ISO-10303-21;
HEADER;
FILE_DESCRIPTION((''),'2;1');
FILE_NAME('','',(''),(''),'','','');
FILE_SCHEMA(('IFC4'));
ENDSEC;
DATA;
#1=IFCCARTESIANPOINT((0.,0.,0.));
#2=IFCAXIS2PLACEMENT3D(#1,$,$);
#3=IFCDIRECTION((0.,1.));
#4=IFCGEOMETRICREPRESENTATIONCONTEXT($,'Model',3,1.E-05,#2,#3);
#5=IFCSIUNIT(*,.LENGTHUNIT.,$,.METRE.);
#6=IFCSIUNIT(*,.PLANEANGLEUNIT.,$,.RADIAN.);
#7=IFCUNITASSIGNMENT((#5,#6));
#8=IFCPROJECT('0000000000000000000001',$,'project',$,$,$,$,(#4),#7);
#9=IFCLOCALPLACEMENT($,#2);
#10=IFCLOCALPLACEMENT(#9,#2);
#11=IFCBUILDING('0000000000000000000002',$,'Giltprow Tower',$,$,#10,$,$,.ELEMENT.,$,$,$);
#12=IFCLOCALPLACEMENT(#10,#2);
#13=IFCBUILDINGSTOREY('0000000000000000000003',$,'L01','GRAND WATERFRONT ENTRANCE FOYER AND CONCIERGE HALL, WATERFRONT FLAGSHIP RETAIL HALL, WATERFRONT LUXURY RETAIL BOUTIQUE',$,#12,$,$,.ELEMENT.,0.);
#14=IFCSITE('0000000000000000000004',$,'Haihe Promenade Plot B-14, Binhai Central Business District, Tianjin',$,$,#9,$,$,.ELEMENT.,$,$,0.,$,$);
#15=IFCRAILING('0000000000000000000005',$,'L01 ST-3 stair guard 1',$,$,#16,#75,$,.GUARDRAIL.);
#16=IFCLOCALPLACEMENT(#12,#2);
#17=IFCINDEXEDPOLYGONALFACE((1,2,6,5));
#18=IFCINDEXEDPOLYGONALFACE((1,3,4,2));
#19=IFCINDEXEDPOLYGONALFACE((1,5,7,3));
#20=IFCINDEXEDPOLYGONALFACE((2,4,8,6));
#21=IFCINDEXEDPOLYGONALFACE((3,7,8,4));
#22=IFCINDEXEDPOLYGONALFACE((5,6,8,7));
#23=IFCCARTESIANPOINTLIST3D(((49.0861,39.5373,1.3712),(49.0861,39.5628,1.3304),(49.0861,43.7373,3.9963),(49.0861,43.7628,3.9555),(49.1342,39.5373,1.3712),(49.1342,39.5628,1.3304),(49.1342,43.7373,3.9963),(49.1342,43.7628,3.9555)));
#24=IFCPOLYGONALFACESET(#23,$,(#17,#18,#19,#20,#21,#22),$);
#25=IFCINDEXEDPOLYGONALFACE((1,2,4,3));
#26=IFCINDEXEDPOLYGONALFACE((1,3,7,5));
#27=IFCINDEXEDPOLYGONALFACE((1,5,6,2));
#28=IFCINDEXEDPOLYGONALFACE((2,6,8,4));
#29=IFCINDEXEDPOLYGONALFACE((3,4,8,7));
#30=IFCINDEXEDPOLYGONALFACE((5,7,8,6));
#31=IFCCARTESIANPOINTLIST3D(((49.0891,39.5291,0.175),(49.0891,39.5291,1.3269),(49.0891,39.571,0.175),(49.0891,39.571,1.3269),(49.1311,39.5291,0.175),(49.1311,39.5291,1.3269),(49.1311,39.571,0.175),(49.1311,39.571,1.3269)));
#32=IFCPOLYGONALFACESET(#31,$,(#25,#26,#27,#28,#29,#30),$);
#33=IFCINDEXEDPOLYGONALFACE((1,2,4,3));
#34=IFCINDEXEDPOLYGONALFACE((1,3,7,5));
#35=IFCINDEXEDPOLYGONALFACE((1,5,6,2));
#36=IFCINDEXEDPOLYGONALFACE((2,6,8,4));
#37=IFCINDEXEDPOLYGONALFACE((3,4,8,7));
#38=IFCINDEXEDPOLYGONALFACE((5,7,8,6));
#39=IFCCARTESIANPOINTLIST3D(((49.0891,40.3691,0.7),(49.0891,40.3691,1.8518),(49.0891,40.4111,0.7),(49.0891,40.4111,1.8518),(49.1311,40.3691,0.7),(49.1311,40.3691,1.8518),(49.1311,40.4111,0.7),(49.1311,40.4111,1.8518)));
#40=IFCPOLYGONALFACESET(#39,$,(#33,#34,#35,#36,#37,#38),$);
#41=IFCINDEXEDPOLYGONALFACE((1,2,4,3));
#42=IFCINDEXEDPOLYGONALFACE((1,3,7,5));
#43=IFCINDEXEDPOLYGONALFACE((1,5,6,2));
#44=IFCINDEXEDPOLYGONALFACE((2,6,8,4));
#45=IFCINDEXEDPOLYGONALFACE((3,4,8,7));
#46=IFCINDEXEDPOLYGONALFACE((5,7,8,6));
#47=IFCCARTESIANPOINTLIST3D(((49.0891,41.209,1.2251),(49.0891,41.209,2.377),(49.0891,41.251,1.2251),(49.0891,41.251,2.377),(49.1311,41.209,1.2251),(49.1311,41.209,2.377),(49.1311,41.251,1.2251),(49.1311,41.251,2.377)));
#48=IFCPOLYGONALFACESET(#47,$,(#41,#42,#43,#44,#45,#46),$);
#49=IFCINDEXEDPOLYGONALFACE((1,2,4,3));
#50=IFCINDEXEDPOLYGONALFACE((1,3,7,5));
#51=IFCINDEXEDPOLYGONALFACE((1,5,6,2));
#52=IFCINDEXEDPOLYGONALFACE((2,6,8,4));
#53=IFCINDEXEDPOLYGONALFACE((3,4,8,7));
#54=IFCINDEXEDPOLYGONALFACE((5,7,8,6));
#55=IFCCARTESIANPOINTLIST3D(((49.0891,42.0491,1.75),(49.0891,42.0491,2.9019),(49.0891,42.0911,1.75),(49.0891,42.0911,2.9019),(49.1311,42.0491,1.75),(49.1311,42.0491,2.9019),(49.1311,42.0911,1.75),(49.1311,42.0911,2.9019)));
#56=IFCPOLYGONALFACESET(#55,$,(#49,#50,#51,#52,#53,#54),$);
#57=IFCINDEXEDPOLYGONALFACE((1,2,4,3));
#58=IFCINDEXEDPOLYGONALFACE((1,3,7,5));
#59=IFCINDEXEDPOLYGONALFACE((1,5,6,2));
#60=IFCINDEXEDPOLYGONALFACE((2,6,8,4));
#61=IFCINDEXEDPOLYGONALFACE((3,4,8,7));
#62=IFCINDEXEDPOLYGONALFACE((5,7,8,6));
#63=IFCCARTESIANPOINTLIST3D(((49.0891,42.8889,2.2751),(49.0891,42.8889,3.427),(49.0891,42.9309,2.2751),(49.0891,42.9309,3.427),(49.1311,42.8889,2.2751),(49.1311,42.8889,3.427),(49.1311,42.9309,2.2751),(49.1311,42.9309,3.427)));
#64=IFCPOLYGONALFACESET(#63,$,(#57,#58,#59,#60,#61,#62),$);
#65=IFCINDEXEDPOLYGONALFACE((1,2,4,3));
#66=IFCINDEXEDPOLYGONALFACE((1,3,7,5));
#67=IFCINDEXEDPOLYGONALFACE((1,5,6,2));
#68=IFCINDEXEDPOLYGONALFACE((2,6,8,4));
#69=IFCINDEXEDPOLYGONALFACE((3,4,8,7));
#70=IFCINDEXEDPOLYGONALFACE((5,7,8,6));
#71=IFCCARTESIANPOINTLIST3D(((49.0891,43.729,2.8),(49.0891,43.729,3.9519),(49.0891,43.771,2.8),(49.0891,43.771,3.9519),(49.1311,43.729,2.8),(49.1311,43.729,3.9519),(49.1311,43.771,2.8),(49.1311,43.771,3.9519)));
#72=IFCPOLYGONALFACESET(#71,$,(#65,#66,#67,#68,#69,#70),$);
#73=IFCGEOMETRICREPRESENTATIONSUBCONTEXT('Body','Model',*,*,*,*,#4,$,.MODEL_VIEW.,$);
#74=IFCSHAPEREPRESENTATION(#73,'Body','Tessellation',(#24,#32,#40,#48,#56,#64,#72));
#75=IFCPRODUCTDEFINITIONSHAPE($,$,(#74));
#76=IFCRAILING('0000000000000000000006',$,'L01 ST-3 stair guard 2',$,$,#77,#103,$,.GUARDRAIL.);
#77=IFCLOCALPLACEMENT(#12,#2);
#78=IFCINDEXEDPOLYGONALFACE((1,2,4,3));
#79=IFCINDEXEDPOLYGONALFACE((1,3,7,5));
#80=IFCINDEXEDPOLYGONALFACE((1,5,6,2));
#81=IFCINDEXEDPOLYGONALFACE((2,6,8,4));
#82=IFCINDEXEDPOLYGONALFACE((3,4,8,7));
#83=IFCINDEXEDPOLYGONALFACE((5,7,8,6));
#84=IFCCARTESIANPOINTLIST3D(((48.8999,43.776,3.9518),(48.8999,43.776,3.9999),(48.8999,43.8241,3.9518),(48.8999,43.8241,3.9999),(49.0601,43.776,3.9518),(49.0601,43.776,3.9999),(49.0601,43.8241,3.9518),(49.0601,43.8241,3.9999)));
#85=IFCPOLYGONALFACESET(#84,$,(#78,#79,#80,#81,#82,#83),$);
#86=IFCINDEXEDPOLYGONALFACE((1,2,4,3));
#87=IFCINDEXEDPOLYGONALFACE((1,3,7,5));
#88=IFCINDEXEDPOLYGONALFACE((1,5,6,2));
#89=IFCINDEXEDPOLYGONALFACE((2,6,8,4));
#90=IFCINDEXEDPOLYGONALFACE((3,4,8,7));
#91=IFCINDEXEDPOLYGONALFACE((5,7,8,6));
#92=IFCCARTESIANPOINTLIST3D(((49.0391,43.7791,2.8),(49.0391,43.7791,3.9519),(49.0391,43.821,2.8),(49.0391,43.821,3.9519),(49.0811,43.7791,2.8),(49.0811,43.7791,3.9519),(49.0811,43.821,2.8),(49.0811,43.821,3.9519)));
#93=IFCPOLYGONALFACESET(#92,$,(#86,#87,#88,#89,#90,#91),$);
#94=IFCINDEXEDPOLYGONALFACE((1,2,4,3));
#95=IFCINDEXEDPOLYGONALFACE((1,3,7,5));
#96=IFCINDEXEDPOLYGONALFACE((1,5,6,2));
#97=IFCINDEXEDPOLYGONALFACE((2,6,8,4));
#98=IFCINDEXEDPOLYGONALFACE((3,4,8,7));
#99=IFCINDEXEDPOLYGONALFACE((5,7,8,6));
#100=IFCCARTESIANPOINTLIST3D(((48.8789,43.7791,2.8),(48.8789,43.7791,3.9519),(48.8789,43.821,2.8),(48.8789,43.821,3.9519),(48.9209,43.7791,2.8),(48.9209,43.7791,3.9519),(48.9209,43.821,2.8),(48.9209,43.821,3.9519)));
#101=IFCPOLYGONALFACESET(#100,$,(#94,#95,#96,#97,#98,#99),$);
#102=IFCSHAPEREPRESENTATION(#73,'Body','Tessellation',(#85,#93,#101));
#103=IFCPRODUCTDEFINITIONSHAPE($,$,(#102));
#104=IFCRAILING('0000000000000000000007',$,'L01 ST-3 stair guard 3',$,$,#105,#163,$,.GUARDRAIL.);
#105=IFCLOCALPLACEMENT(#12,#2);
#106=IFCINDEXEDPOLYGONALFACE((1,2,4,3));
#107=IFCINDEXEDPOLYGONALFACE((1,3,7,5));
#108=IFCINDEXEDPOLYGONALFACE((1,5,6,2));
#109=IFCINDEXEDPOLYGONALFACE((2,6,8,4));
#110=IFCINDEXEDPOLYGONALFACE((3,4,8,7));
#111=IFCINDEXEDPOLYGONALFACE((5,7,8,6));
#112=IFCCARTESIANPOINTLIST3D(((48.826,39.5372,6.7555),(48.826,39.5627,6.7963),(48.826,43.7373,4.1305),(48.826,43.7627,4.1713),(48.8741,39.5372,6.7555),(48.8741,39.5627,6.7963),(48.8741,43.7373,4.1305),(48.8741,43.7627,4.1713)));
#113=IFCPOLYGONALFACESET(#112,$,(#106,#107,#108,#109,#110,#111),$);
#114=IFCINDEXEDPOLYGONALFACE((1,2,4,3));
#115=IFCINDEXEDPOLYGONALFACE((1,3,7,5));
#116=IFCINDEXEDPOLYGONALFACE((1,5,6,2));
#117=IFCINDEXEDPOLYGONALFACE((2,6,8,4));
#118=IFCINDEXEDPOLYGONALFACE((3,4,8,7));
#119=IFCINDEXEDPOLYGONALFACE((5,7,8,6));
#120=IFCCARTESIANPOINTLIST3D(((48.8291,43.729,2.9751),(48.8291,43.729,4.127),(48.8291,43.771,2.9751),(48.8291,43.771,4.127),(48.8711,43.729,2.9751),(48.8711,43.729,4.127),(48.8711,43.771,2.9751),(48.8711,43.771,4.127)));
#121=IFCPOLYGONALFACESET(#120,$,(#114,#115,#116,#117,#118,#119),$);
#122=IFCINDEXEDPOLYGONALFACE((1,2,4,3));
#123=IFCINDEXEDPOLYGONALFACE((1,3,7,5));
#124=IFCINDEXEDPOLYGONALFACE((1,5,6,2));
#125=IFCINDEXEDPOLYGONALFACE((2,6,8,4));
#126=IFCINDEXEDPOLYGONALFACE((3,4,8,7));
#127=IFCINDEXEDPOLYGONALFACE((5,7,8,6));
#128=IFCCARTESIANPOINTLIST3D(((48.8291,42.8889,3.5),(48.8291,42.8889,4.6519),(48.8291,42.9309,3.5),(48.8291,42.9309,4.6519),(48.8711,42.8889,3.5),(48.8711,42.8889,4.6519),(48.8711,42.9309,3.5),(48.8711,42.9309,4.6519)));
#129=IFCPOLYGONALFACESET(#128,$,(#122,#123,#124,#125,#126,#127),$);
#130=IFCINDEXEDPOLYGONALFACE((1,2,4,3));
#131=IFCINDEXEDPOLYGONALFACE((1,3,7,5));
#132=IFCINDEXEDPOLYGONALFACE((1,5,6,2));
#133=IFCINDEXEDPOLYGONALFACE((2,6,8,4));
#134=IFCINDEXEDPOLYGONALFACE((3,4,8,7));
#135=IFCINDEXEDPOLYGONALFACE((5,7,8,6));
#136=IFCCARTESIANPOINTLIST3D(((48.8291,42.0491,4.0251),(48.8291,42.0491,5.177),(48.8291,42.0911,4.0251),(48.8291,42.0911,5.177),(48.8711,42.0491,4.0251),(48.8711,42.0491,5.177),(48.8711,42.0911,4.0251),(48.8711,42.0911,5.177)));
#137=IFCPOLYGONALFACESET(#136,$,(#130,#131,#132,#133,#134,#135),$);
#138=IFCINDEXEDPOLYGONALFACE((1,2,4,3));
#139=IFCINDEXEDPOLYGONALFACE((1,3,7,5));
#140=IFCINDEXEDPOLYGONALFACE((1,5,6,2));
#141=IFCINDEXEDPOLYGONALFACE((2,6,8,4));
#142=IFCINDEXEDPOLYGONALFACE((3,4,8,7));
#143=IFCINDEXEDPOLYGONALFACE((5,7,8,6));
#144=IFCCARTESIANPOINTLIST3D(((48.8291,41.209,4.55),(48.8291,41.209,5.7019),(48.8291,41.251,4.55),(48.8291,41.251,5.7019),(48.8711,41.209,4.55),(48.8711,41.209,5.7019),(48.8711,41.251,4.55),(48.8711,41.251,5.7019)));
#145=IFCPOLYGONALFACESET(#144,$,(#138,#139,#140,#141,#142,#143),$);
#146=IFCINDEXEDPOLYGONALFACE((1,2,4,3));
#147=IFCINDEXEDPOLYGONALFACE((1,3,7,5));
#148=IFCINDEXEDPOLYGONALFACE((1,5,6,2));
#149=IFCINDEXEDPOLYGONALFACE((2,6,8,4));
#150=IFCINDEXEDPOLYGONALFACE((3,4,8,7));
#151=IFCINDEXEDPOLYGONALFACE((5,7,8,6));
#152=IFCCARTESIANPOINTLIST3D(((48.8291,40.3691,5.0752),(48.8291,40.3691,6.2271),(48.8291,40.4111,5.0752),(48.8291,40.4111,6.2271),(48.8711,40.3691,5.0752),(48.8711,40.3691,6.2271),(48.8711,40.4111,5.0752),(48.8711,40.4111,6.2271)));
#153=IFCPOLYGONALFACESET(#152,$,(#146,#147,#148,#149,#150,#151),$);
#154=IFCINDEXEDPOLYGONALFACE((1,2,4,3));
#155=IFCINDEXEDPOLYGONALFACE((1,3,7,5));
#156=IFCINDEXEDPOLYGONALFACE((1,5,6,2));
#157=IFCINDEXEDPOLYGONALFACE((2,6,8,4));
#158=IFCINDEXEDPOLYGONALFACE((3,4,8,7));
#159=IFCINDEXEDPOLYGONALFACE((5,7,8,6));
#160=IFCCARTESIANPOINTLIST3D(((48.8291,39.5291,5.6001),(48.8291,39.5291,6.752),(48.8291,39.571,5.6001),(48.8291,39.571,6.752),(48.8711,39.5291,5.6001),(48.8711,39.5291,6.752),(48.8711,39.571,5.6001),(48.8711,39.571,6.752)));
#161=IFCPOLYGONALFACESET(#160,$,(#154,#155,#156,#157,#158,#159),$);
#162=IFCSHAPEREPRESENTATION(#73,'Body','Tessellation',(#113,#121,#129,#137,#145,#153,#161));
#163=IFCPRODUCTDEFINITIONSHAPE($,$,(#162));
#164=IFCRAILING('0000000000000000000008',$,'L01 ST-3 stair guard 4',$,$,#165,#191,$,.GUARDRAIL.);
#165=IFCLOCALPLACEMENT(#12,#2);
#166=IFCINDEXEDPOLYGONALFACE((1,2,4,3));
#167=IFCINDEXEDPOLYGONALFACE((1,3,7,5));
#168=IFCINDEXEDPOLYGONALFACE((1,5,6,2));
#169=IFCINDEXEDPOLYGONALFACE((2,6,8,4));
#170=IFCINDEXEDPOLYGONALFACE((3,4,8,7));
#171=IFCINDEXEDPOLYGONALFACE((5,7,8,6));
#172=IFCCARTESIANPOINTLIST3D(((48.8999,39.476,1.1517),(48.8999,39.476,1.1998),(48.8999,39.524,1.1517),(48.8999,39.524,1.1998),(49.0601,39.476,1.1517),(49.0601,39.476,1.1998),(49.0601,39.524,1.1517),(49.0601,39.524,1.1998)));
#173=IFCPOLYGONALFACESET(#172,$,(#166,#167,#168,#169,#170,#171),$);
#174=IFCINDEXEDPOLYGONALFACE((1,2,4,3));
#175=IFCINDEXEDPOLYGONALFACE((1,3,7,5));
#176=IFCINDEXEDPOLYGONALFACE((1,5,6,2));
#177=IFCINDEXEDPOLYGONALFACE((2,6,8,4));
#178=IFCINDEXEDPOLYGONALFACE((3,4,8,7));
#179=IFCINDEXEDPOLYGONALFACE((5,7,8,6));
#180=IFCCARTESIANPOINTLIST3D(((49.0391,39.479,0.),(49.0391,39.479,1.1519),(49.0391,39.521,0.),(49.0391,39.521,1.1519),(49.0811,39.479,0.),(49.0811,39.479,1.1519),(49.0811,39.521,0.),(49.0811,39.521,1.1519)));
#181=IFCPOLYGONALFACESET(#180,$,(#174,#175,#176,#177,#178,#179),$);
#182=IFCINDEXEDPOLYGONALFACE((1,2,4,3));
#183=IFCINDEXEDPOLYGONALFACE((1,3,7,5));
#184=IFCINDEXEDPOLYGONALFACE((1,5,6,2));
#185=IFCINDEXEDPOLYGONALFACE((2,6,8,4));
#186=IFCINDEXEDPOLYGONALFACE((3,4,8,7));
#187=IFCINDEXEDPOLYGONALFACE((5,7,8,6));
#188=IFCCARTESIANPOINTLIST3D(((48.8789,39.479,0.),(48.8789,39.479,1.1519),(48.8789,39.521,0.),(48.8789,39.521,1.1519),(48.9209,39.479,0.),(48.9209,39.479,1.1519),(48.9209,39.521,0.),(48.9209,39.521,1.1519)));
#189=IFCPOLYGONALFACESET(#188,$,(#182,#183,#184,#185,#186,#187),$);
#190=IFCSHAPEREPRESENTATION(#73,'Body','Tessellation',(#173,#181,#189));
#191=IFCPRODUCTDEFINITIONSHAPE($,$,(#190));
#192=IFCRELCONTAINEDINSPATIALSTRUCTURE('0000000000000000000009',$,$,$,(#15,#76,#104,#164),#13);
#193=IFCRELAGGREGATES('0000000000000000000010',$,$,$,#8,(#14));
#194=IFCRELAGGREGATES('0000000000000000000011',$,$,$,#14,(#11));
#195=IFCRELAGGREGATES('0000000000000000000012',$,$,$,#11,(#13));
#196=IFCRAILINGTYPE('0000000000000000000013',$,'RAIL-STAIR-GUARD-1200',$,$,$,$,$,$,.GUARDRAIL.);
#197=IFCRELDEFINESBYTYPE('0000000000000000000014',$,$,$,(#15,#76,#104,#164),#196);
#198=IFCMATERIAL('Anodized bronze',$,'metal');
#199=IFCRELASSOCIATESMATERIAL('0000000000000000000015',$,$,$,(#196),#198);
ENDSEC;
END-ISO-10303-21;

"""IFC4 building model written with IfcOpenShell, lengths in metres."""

from ifc_helpers import new_model, si_unit, direction, frame, origin, origin_2d, place, context, subcontext, project, spatial, rectangle, extrude, material, type_object, element, save


model = new_model("IFC4")

# Units and contexts
model_context = context("Model", 3, precision=1e-05, world=origin(), true_north=direction((0.0, 1.0)))
body_context = subcontext(model_context, "Body", "Model", "MODEL_VIEW")
ifc_project = project(units=[si_unit("LENGTHUNIT", "METRE"), si_unit("PLANEANGLEUNIT", "RADIAN")], contexts=[model_context])

# Site, building, storey
site_placement = place(None, origin())
site = spatial("IfcSite", under=ifc_project, at=site_placement, Name="Haihe Promenade Plot B-14, Binhai Central Business District, Tianjin", CompositionType="ELEMENT", RefElevation=0.0)
building_placement = place(site_placement, origin())
building = spatial("IfcBuilding", under=site, at=building_placement, Name="Giltprow Tower", CompositionType="ELEMENT")
storey_placement = place(building_placement, origin())
storey = spatial("IfcBuildingStorey", under=building, at=storey_placement, Name="L01", Description="GRAND WATERFRONT ENTRANCE FOYER AND CONCIERGE HALL, WATERFRONT FLAGSHIP RETAIL HALL, WATERFRONT LUXURY RETAIL BOUTIQUE", CompositionType="ELEMENT", Elevation=0.0)

# Railings
ifc_material_1 = material(Name="Anodized bronze", Category="metal")
railing_type_1 = type_object("IfcRailingType", Name="RAIL-STAIR-GUARD-1200", PredefinedType="GUARDRAIL", material=ifc_material_1)
railing_1_placement = place(storey_placement, frame((49.1101, 39.55, 0.175)))
element("IfcRailing", 1, at=railing_1_placement, inside=storey, type_object=railing_type_1, Name="L01 ST-3 stair guard 1", PredefinedType="GUARDRAIL", context=body_context, shape_type="SweptSolid", body=[
    extrude(rectangle(XDim=0.0481, YDim=0.0481, at=origin_2d()), frame((0.0, 0.0, 1.1758), z_axis=(0.0, 0.847996, 0.530003), x_axis=(-1.0, 0.0, 0.0)), (0.0, 0.0, 1.0), 4.9529),
    extrude(rectangle(XDim=0.042, YDim=0.042, at=origin_2d()), origin(), (0.0, 0.0, 1.0), 1.1519),
    extrude(rectangle(XDim=0.042, YDim=0.042, at=origin_2d()), frame((0.0, 0.8401, 0.5249)), (0.0, 0.0, 1.0), 1.1519),
    extrude(rectangle(XDim=0.042, YDim=0.042, at=origin_2d()), frame((0.0, 1.6799, 1.05)), (0.0, 0.0, 1.0), 1.1519),
    extrude(rectangle(XDim=0.042, YDim=0.042, at=origin_2d()), frame((0.0, 2.52, 1.575)), (0.0, 0.0, 1.0), 1.1519),
    extrude(rectangle(XDim=0.042, YDim=0.042, at=origin_2d()), frame((0.0, 3.3599, 2.1001)), (0.0, 0.0, 1.0), 1.1519),
    extrude(rectangle(XDim=0.042, YDim=0.042, at=origin_2d()), frame((0.0, 4.2, 2.625)), (0.0, 0.0, 1.0), 1.1519),
])
railing_2_placement = place(storey_placement, frame((49.0601, 43.8, 2.8)))
element("IfcRailing", 2, at=railing_2_placement, inside=storey, type_object=railing_type_1, Name="L01 ST-3 stair guard 2", PredefinedType="GUARDRAIL", context=body_context, shape_type="SweptSolid", body=[
    extrude(rectangle(XDim=0.0481, YDim=0.0481, at=origin_2d()), frame((0.0, 0.0, 1.1758), z_axis=(-1.0, 0.0, 0.0), x_axis=(0.0, -1.0, 0.0)), (0.0, 0.0, 1.0), 0.1602),
    extrude(rectangle(XDim=0.042, YDim=0.042, at=origin_2d()), origin(), (0.0, 0.0, 1.0), 1.1519),
    extrude(rectangle(XDim=0.042, YDim=0.042, at=origin_2d()), frame((-0.1602, 0.0, 0.0)), (0.0, 0.0, 1.0), 1.1519),
])
railing_3_placement = place(storey_placement, frame((48.8501, 43.75, 2.9751)))
element("IfcRailing", 3, at=railing_3_placement, inside=storey, type_object=railing_type_1, Name="L01 ST-3 stair guard 3", PredefinedType="GUARDRAIL", context=body_context, shape_type="SweptSolid", body=[
    extrude(rectangle(XDim=0.0481, YDim=0.0481, at=origin_2d()), frame((0.0, 0.0, 1.1758), z_axis=(0.0, -0.847996, 0.530003), x_axis=(1.0, 0.0, 0.0)), (0.0, 0.0, 1.0), 4.9529),
    extrude(rectangle(XDim=0.042, YDim=0.042, at=origin_2d()), origin(), (0.0, 0.0, 1.0), 1.1519),
    extrude(rectangle(XDim=0.042, YDim=0.042, at=origin_2d()), frame((0.0, -0.8401, 0.5249)), (0.0, 0.0, 1.0), 1.1519),
    extrude(rectangle(XDim=0.042, YDim=0.042, at=origin_2d()), frame((0.0, -1.6799, 1.05)), (0.0, 0.0, 1.0), 1.1519),
    extrude(rectangle(XDim=0.042, YDim=0.042, at=origin_2d()), frame((0.0, -2.52, 1.575)), (0.0, 0.0, 1.0), 1.1519),
    extrude(rectangle(XDim=0.042, YDim=0.042, at=origin_2d()), frame((0.0, -3.3599, 2.1001)), (0.0, 0.0, 1.0), 1.1519),
    extrude(rectangle(XDim=0.042, YDim=0.042, at=origin_2d()), frame((0.0, -4.2, 2.625)), (0.0, 0.0, 1.0), 1.1519),
])
railing_4_placement = place(storey_placement, frame((49.0601, 39.5, 0.0)))
element("IfcRailing", 4, at=railing_4_placement, inside=storey, type_object=railing_type_1, Name="L01 ST-3 stair guard 4", PredefinedType="GUARDRAIL", context=body_context, shape_type="SweptSolid", body=[
    extrude(rectangle(XDim=0.0481, YDim=0.0481, at=origin_2d()), frame((0.0, 0.0, 1.1758), z_axis=(-1.0, 0.0, 0.0), x_axis=(0.0, -1.0, 0.0)), (0.0, 0.0, 1.0), 0.1602),
    extrude(rectangle(XDim=0.042, YDim=0.042, at=origin_2d()), origin(), (0.0, 0.0, 1.0), 1.1519),
    extrude(rectangle(XDim=0.042, YDim=0.042, at=origin_2d()), frame((-0.1602, 0.0, 0.0)), (0.0, 0.0, 1.0), 1.1519),
])

save(model, "model.ifc")
